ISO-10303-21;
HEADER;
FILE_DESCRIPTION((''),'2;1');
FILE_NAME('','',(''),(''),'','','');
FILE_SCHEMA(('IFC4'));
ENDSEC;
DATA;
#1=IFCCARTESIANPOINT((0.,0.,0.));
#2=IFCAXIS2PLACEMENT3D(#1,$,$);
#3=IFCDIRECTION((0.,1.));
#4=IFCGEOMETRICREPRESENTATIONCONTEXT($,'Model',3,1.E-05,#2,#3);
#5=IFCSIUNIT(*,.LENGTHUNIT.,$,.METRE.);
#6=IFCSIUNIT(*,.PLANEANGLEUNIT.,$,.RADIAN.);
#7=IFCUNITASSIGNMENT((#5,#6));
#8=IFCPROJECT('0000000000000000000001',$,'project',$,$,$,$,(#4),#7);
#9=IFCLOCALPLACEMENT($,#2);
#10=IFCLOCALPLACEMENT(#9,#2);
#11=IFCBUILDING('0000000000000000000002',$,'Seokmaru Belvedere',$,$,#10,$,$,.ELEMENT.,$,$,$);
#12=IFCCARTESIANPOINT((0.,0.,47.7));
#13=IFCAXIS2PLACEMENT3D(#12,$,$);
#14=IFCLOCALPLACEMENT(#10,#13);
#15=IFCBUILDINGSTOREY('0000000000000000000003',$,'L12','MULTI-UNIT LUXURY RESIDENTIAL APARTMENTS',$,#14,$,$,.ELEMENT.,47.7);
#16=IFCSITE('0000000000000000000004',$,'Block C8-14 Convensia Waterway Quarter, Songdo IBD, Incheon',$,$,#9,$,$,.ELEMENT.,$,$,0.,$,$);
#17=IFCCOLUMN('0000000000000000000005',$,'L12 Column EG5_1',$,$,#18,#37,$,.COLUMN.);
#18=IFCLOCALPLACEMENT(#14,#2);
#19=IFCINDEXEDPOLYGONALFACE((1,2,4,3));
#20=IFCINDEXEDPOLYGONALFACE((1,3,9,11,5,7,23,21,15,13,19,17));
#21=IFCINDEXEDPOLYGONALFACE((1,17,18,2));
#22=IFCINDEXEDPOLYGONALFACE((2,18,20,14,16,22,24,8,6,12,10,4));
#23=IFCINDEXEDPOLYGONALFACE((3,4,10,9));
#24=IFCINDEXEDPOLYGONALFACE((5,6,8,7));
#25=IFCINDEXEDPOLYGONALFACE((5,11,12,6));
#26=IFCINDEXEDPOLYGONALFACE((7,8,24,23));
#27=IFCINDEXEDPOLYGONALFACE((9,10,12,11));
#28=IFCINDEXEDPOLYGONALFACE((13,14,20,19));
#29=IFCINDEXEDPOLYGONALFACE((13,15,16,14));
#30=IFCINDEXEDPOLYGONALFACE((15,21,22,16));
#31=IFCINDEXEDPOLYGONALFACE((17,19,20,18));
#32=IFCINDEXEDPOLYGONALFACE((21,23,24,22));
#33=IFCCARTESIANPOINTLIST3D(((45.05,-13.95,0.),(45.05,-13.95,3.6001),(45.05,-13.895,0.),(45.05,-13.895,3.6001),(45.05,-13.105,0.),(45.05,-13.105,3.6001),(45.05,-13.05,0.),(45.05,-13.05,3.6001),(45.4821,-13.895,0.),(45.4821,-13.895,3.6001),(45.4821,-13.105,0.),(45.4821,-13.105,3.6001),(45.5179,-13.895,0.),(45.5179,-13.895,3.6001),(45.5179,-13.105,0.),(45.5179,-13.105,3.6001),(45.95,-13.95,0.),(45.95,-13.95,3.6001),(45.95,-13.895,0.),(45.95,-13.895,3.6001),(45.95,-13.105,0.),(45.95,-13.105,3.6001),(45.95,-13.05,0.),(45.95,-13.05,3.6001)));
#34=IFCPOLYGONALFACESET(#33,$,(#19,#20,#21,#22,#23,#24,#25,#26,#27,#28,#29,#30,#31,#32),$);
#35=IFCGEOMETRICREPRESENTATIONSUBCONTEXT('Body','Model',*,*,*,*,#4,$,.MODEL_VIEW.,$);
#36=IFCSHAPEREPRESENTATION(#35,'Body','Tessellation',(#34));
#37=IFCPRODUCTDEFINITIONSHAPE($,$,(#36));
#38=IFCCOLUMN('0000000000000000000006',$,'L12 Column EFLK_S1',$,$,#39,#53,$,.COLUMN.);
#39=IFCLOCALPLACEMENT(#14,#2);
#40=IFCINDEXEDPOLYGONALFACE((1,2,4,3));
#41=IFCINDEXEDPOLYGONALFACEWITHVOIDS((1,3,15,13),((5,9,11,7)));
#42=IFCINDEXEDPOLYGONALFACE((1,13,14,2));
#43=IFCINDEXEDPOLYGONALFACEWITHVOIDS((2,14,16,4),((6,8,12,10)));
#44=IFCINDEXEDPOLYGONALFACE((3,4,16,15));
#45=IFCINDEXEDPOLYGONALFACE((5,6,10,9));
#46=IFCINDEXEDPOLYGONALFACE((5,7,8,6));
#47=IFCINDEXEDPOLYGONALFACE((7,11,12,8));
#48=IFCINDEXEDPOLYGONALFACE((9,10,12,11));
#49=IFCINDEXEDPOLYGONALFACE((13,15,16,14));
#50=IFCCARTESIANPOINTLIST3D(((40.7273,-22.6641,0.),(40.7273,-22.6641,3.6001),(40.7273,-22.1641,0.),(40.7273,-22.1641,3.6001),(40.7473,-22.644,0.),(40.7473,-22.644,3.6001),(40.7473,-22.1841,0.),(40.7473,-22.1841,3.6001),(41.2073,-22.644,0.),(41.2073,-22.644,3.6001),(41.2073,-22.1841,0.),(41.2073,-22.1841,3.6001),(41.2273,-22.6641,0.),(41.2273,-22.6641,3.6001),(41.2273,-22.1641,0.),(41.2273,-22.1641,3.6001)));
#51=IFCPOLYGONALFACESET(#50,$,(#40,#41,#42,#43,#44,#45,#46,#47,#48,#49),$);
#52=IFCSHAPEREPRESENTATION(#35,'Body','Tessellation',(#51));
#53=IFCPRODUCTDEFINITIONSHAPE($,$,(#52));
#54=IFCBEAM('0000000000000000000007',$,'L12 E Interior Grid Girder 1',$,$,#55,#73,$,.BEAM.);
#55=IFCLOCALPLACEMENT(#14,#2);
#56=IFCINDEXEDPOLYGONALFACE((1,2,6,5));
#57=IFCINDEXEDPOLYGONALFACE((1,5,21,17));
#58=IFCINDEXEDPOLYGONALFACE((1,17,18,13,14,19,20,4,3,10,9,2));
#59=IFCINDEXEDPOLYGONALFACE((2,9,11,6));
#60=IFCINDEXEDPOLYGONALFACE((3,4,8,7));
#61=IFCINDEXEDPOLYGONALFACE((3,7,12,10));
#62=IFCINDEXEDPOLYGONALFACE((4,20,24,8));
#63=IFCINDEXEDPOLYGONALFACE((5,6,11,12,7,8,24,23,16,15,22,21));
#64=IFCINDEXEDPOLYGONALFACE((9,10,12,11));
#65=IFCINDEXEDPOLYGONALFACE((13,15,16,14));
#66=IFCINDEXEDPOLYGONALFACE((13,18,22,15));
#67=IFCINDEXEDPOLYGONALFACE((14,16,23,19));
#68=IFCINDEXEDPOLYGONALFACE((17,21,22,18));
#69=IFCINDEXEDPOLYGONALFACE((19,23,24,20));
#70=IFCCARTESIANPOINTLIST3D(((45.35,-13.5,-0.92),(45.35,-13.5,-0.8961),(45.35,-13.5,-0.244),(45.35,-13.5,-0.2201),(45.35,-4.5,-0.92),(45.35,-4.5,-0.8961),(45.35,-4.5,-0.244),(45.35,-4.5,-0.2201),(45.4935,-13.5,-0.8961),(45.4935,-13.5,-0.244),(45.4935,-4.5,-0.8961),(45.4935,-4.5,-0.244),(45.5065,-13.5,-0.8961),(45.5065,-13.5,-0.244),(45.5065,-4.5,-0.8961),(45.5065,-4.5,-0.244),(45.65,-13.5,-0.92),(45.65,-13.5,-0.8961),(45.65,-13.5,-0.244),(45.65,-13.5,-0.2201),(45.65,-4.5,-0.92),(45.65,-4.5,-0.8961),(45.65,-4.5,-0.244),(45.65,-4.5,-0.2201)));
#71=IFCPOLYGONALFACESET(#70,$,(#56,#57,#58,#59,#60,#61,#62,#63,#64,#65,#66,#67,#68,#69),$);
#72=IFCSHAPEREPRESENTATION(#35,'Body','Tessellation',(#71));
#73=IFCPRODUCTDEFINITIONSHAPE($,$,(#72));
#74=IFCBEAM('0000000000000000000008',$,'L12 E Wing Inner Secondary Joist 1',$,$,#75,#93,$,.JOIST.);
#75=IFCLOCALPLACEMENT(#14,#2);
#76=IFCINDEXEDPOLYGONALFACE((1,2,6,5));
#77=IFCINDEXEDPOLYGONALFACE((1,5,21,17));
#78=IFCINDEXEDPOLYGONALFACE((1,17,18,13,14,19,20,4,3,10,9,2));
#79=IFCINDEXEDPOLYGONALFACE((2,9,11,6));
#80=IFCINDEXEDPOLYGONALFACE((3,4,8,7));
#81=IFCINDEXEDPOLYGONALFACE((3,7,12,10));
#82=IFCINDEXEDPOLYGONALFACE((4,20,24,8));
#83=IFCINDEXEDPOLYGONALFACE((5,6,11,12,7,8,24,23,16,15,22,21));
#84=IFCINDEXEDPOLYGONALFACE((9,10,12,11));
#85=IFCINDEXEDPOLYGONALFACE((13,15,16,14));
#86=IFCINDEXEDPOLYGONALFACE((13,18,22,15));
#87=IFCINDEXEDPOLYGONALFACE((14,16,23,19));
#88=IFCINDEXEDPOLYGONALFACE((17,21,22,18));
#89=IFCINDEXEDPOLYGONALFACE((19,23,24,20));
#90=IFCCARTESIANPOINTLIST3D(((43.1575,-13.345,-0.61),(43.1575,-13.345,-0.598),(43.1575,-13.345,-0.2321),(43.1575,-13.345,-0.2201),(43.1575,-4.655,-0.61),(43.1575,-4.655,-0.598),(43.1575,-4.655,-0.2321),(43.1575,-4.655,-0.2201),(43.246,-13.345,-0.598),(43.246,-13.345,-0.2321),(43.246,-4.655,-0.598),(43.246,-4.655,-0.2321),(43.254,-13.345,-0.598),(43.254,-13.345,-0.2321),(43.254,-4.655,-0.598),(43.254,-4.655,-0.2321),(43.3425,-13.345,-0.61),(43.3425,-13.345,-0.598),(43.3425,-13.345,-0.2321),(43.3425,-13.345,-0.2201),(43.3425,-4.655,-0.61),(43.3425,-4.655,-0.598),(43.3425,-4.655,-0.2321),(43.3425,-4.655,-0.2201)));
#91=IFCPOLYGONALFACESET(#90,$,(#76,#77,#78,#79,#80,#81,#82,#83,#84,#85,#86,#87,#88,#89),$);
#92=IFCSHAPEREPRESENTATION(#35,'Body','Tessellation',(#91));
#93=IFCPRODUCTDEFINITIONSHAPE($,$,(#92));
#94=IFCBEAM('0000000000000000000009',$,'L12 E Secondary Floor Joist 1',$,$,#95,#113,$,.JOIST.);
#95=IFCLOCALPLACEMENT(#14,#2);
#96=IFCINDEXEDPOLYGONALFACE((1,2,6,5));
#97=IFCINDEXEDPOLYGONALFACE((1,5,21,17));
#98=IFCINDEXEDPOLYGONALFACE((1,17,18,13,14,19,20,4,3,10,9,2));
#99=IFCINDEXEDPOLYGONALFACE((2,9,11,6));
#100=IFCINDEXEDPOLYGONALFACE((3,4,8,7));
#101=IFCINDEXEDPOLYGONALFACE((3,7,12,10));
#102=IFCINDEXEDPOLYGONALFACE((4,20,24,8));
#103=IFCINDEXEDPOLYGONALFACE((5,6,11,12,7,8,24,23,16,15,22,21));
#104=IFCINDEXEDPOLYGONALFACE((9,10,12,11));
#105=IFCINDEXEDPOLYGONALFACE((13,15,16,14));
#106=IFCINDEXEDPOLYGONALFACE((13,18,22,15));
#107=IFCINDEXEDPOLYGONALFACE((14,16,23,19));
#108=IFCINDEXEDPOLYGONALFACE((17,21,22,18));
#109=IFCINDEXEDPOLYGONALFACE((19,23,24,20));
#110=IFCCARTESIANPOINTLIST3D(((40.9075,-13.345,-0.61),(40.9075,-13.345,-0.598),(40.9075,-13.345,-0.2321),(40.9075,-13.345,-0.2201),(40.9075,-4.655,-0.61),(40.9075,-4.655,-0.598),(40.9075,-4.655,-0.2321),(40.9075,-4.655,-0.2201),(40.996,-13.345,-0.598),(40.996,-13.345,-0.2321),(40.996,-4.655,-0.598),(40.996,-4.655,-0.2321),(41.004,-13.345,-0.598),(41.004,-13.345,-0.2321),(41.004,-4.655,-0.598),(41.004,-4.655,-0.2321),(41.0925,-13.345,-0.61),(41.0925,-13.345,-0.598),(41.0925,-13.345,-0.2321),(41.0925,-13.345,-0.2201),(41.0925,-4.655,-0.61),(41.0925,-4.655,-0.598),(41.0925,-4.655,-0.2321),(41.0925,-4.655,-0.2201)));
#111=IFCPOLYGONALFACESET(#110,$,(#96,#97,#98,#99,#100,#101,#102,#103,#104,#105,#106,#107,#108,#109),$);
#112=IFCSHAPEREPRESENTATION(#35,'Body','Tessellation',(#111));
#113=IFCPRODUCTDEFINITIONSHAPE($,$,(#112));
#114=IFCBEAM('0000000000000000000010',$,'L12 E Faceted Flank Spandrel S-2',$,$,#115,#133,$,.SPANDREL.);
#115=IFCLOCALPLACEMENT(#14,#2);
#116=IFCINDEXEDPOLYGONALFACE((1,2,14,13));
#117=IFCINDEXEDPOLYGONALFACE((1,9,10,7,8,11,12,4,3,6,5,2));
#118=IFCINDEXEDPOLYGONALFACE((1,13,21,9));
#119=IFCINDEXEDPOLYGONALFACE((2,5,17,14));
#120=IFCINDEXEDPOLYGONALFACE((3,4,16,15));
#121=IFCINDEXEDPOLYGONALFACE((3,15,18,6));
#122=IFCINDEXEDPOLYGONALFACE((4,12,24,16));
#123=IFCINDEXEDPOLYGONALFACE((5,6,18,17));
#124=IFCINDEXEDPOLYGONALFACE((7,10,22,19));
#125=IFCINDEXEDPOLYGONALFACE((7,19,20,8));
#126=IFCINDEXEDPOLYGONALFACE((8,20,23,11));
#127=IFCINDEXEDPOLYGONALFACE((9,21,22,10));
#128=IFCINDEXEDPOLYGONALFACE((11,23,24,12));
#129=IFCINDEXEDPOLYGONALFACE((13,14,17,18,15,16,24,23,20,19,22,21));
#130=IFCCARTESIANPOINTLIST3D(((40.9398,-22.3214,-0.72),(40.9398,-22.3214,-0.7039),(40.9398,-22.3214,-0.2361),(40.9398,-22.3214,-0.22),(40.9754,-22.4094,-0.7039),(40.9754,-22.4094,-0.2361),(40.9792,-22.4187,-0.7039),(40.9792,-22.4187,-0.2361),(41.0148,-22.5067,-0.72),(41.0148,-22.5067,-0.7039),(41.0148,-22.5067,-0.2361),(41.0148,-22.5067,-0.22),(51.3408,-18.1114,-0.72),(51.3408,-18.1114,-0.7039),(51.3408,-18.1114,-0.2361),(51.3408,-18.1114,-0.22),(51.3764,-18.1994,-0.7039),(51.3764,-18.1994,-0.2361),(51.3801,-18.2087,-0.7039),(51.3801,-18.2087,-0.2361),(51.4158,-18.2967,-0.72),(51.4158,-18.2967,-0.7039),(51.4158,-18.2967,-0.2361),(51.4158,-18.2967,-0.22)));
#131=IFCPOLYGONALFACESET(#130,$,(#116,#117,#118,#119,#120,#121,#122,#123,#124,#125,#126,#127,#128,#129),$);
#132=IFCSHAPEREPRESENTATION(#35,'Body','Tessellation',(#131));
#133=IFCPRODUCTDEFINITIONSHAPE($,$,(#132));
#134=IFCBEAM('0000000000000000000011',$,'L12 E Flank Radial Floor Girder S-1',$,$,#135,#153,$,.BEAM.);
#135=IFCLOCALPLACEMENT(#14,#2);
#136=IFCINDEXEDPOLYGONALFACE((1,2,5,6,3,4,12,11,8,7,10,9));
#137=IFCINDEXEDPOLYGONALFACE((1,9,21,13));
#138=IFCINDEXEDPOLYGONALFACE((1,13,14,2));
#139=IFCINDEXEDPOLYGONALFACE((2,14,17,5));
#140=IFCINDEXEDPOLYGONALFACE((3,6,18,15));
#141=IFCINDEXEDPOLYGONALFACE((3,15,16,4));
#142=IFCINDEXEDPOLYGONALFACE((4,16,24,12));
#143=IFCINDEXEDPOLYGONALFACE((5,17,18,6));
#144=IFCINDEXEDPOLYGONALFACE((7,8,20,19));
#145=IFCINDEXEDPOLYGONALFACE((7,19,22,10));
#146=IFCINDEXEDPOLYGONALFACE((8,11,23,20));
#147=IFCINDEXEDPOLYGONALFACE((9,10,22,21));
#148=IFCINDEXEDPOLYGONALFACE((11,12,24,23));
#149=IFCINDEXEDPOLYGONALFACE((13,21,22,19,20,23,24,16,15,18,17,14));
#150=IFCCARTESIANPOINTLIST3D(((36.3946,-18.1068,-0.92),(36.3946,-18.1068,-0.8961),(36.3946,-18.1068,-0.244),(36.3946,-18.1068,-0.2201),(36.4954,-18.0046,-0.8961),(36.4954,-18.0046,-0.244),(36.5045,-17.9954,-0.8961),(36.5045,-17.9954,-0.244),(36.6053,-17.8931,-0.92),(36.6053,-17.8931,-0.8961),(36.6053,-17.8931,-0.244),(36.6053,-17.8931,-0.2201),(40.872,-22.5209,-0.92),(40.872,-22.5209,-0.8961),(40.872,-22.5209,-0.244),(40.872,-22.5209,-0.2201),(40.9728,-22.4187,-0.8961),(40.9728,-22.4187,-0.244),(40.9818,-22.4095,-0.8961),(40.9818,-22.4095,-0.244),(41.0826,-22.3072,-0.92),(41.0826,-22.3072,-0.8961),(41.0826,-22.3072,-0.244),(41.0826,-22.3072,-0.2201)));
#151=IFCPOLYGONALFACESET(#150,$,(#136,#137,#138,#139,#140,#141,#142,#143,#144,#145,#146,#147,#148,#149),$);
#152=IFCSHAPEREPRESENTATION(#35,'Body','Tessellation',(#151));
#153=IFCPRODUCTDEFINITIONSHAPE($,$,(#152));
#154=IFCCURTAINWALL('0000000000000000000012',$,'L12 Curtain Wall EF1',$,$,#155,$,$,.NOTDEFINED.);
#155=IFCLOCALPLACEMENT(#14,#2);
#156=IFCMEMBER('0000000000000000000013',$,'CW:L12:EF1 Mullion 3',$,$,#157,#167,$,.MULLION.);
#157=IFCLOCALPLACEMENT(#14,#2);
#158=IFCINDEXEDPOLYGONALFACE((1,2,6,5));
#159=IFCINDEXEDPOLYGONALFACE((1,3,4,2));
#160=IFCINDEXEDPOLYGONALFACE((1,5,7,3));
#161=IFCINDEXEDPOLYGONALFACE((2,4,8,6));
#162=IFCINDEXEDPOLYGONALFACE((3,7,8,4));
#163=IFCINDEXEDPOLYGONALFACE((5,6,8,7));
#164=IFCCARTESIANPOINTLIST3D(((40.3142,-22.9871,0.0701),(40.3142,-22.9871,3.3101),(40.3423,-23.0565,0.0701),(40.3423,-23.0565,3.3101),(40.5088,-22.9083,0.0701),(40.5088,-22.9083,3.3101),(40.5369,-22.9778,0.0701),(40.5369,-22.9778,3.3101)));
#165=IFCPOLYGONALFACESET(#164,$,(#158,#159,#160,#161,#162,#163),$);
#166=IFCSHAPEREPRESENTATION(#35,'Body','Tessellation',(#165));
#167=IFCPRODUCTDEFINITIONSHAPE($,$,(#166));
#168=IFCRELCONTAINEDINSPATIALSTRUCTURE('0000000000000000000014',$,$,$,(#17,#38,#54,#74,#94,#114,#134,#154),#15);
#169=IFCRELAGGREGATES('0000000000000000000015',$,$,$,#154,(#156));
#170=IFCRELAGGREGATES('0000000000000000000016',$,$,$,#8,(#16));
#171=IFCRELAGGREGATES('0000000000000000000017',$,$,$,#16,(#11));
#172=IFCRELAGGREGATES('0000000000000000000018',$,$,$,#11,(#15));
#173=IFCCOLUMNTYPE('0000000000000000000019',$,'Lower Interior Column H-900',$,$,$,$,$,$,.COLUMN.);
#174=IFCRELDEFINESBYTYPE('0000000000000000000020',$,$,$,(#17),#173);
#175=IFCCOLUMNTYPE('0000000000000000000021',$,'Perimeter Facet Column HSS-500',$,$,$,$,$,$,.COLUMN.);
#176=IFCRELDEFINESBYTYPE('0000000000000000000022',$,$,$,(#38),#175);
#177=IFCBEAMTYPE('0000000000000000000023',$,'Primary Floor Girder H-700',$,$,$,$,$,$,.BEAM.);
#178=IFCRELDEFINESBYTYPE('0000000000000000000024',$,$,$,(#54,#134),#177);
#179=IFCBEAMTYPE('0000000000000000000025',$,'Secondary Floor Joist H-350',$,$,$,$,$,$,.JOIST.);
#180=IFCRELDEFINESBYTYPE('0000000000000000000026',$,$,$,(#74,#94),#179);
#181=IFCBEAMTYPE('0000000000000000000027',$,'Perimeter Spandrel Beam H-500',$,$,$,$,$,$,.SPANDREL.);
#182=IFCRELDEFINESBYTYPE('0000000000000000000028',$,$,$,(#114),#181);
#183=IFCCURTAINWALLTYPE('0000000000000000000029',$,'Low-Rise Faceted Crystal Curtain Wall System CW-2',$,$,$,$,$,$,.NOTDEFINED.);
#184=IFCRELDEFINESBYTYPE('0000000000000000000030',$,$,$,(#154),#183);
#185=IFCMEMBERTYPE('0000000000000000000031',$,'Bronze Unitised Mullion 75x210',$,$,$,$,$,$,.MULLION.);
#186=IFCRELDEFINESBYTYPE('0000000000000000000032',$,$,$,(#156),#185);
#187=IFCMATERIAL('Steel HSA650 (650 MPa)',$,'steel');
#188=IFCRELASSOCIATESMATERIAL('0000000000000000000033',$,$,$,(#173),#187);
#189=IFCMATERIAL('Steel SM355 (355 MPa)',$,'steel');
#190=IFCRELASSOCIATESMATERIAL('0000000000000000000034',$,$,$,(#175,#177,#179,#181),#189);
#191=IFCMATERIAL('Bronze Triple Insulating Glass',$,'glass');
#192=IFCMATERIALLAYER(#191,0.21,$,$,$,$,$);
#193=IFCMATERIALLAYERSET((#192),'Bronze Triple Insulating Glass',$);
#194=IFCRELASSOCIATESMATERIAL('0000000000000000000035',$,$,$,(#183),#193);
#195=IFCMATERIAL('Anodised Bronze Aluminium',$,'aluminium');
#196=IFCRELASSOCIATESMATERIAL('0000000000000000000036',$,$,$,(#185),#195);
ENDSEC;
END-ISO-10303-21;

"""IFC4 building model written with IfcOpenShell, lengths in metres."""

from ifc_helpers import new_model, si_unit, direction, frame, origin, origin_2d, place, context, subcontext, project, spatial, rectangle, hollow_rectangle, i_section, extrude, source, transform, mapped, material, layer, layer_set, material_profile, profile_set, type_object, type_shapes, element, aggregate, save


model = new_model("IFC4")

# Units and contexts
model_context = context("Model", 3, precision=1e-05, world=origin(), true_north=direction((0.0, 1.0)))
body_context = subcontext(model_context, "Body", "Model", "MODEL_VIEW")
ifc_project = project(units=[si_unit("LENGTHUNIT", "METRE"), si_unit("PLANEANGLEUNIT", "RADIAN")], contexts=[model_context])

# Site, building, storey
site_placement = place(None, origin())
site = spatial("IfcSite", under=ifc_project, at=site_placement, Name="Block C8-14 Convensia Waterway Quarter, Songdo IBD, Incheon", CompositionType="ELEMENT", RefElevation=0.0)
building_placement = place(site_placement, origin())
building = spatial("IfcBuilding", under=site, at=building_placement, Name="Seokmaru Belvedere", CompositionType="ELEMENT")
storey_placement = place(building_placement, frame((0.0, 0.0, 47.7)))
storey = spatial("IfcBuildingStorey", under=building, at=storey_placement, Name="L12", Description="MULTI-UNIT LUXURY RESIDENTIAL APARTMENTS", CompositionType="ELEMENT", Elevation=47.7)

# Columns
ifc_material_1 = material(Name="Steel HSA650 (650 MPa)", Category="steel")
ifc_material_profile_1 = material_profile(ifc_material_1, i_section(OverallWidth=0.8999, OverallDepth=0.8999, WebThickness=0.0359, FlangeThickness=0.0549, at=origin_2d()), Name="H-900x900x36x55")
ifc_profile_set_1 = profile_set([ifc_material_profile_1], Name="Steel HSA650 (650 MPa)")
column_type_1 = type_object("IfcColumnType", Name="Lower Interior Column H-900", PredefinedType="COLUMN", material=ifc_profile_set_1)
shared_shape_1 = source(origin(), body_context, "Body", "SweptSolid", [
    extrude(i_section(OverallWidth=0.8999, OverallDepth=0.8999, WebThickness=0.0359, FlangeThickness=0.0549, at=origin_2d()), origin(), (0.0, 0.0, 1.0), 3.6001),
])
type_shapes(column_type_1, [shared_shape_1])
column_1_placement = place(storey_placement, frame((45.5, -13.5, 0.0), z_axis=(0.0, 0.0, 1.0), x_axis=(1.0, 0.0, 0.0)))
element("IfcColumn", 1, at=column_1_placement, inside=storey, type_object=column_type_1, Name="L12 Column EG5_1", PredefinedType="COLUMN", context=body_context, shape_type="MappedRepresentation", body=[
    mapped(shared_shape_1, transform((0.0, 0.0, 0.0), scale=1.0)),
])
ifc_material_2 = material(Name="Steel SM355 (355 MPa)", Category="steel")
ifc_material_profile_2 = material_profile(ifc_material_2, hollow_rectangle(XDim=0.5, YDim=0.5, WallThickness=0.02, at=origin_2d()), Name="HSS-500x500x20")
ifc_profile_set_2 = profile_set([ifc_material_profile_2], Name="Steel SM355 (355 MPa)")
column_type_2 = type_object("IfcColumnType", Name="Perimeter Facet Column HSS-500", PredefinedType="COLUMN", material=ifc_profile_set_2)
shared_shape_2 = source(origin(), body_context, "Body", "SweptSolid", [
    extrude(hollow_rectangle(XDim=0.5, YDim=0.5, WallThickness=0.02, at=origin_2d()), origin(), (0.0, 0.0, 1.0), 3.6001),
])
type_shapes(column_type_2, [shared_shape_2])
column_2_placement = place(storey_placement, frame((40.9773, -22.4141, 0.0), z_axis=(0.0, 0.0, 1.0), x_axis=(1.0, 0.0, 0.0)))
element("IfcColumn", 2, at=column_2_placement, inside=storey, type_object=column_type_2, Name="L12 Column EFLK_S1", PredefinedType="COLUMN", context=body_context, shape_type="MappedRepresentation", body=[
    mapped(shared_shape_2, transform((0.0, 0.0, 0.0), scale=1.0)),
])

# Beams
ifc_material_profile_3 = material_profile(ifc_material_2, i_section(OverallWidth=0.3, OverallDepth=0.7, WebThickness=0.0129, FlangeThickness=0.0239, at=origin_2d()), Name="H-700x300x13x24")
ifc_profile_set_3 = profile_set([ifc_material_profile_3], Name="Steel SM355 (355 MPa)")
beam_type_1 = type_object("IfcBeamType", Name="Primary Floor Girder H-700", PredefinedType="BEAM", material=ifc_profile_set_3)
shared_shape_3 = source(origin(), body_context, "Body", "SweptSolid", [
    extrude(i_section(OverallWidth=0.3, OverallDepth=0.7, WebThickness=0.0129, FlangeThickness=0.0239, at=origin_2d()), origin(), (0.0, 0.0, 1.0), 9.0),
])
beam_1_placement = place(storey_placement, frame((45.5, -13.5, -0.5701), z_axis=(0.0, 1.0, 0.0), x_axis=(-1.0, 0.0, 0.0)))
element("IfcBeam", 3, at=beam_1_placement, inside=storey, type_object=beam_type_1, Name="L12 E Interior Grid Girder 1", PredefinedType="BEAM", context=body_context, shape_type="MappedRepresentation", body=[
    mapped(shared_shape_3, transform((0.0, 0.0, 0.0), scale=1.0)),
])
ifc_material_profile_4 = material_profile(ifc_material_2, i_section(OverallWidth=0.1851, OverallDepth=0.3899, WebThickness=0.0081, FlangeThickness=0.012, at=origin_2d()), Name="H-390x185x8x12")
ifc_profile_set_4 = profile_set([ifc_material_profile_4], Name="Steel SM355 (355 MPa)")
beam_type_2 = type_object("IfcBeamType", Name="Secondary Floor Joist H-350", PredefinedType="JOIST", material=ifc_profile_set_4)
shared_shape_4 = source(origin(), body_context, "Body", "SweptSolid", [
    extrude(i_section(OverallWidth=0.1851, OverallDepth=0.3899, WebThickness=0.0081, FlangeThickness=0.012, at=origin_2d()), origin(), (0.0, 0.0, 1.0), 8.6899),
])
type_shapes(beam_type_2, [shared_shape_4])
for number, where, z_axis, x_axis, name in (
    (4, (43.25, -13.345, -0.415), (0.0, 1.0, 0.0), (-1.0, 0.0, 0.0), "L12 E Wing Inner Secondary Joist 1"),
    (5, (41.0, -13.345, -0.415), (0.0, 1.0, 0.0), (-1.0, 0.0, 0.0), "L12 E Secondary Floor Joist 1"),
):
    element("IfcBeam", number, at=place(storey_placement, frame(where, z_axis=z_axis, x_axis=x_axis)), inside=storey, type_object=beam_type_2, Name=name, PredefinedType="JOIST", context=body_context, shape_type="MappedRepresentation", body=[
        mapped(shared_shape_4, transform((0.0, 0.0, 0.0), scale=1.0)),
    ])
ifc_material_profile_5 = material_profile(ifc_material_2, i_section(OverallWidth=0.2, OverallDepth=0.5, WebThickness=0.01, FlangeThickness=0.0161, at=origin_2d()), Name="H-500x200x10x16")
ifc_profile_set_5 = profile_set([ifc_material_profile_5], Name="Steel SM355 (355 MPa)")
beam_type_3 = type_object("IfcBeamType", Name="Perimeter Spandrel Beam H-500", PredefinedType="SPANDREL", material=ifc_profile_set_5)
shared_shape_5 = source(origin(), body_context, "Body", "SweptSolid", [
    extrude(i_section(OverallWidth=0.2, OverallDepth=0.5, WebThickness=0.01, FlangeThickness=0.0161, at=origin_2d()), origin(), (0.0, 0.0, 1.0), 11.2207),
])
type_shapes(beam_type_3, [shared_shape_5])
beam_2_placement = place(storey_placement, frame((40.9773, -22.4141, -0.47), z_axis=(0.926944, 0.375199, 0.0), x_axis=(-0.375199, 0.926944, 0.0)))
element("IfcBeam", 6, at=beam_2_placement, inside=storey, type_object=beam_type_3, Name="L12 E Faceted Flank Spandrel S-2", PredefinedType="SPANDREL", context=body_context, shape_type="MappedRepresentation", body=[
    mapped(shared_shape_5, transform((0.0, 0.0, 0.0), scale=1.0)),
])
shared_shape_6 = source(origin(), body_context, "Body", "SweptSolid", [
    extrude(i_section(OverallWidth=0.3, OverallDepth=0.7, WebThickness=0.0129, FlangeThickness=0.0239, at=origin_2d()), origin(), (0.0, 0.0, 1.0), 6.2874),
])
type_shapes(beam_type_1, [shared_shape_3, shared_shape_6])
beam_3_placement = place(storey_placement, frame((40.9773, -22.4141, -0.5701), z_axis=(-0.712117, 0.70206, 0.0), x_axis=(-0.70206, -0.712117, 0.0)))
element("IfcBeam", 7, at=beam_3_placement, inside=storey, type_object=beam_type_1, Name="L12 E Flank Radial Floor Girder S-1", PredefinedType="BEAM", context=body_context, shape_type="MappedRepresentation", body=[
    mapped(shared_shape_6, transform((0.0, 0.0, 0.0), scale=1.0)),
])

# Curtain wall, member
ifc_material_3 = material(Name="Bronze Triple Insulating Glass", Category="glass")
ifc_layer_1 = layer(ifc_material_3, 0.21)
ifc_layer_set_1 = layer_set([ifc_layer_1], Name="Bronze Triple Insulating Glass")
curtain_wall_type = type_object("IfcCurtainWallType", Name="Low-Rise Faceted Crystal Curtain Wall System CW-2", PredefinedType="NOTDEFINED", material=ifc_layer_set_1)
curtain_wall_placement = place(storey_placement, origin())
curtain_wall = element("IfcCurtainWall", 8, at=curtain_wall_placement, inside=storey, type_object=curtain_wall_type, Name="L12 Curtain Wall EF1", PredefinedType="NOTDEFINED")
ifc_material_4 = material(Name="Anodised Bronze Aluminium", Category="aluminium")
ifc_material_profile_6 = material_profile(ifc_material_4, rectangle(XDim=0.075, YDim=0.21, at=origin_2d()), Name="CW-M-75x210")
ifc_profile_set_6 = profile_set([ifc_material_profile_6], Name="Anodised Bronze Aluminium")
member_type = type_object("IfcMemberType", Name="Bronze Unitised Mullion 75x210", PredefinedType="MULLION", material=ifc_profile_set_6)
shared_shape_7 = source(origin(), body_context, "Body", "SweptSolid", [
    extrude(rectangle(XDim=0.075, YDim=0.21, at=origin_2d()), origin(), (0.0, 0.0, 1.0), 3.24),
])
type_shapes(member_type, [shared_shape_7])
member_1_placement = place(storey_placement, frame((40.4255, -22.9824, 0.0701), z_axis=(0.0, 0.0, 1.0), x_axis=(-0.375192, 0.926947, 0.0)))
member_1 = element("IfcMember", 9, at=member_1_placement, type_object=member_type, Name="CW:L12:EF1 Mullion 3", PredefinedType="MULLION", context=body_context, shape_type="MappedRepresentation", body=[
    mapped(shared_shape_7, transform((0.0, 0.0, 0.0), scale=1.0)),
])
aggregate(curtain_wall, [member_1])

save(model, "model.ifc")
